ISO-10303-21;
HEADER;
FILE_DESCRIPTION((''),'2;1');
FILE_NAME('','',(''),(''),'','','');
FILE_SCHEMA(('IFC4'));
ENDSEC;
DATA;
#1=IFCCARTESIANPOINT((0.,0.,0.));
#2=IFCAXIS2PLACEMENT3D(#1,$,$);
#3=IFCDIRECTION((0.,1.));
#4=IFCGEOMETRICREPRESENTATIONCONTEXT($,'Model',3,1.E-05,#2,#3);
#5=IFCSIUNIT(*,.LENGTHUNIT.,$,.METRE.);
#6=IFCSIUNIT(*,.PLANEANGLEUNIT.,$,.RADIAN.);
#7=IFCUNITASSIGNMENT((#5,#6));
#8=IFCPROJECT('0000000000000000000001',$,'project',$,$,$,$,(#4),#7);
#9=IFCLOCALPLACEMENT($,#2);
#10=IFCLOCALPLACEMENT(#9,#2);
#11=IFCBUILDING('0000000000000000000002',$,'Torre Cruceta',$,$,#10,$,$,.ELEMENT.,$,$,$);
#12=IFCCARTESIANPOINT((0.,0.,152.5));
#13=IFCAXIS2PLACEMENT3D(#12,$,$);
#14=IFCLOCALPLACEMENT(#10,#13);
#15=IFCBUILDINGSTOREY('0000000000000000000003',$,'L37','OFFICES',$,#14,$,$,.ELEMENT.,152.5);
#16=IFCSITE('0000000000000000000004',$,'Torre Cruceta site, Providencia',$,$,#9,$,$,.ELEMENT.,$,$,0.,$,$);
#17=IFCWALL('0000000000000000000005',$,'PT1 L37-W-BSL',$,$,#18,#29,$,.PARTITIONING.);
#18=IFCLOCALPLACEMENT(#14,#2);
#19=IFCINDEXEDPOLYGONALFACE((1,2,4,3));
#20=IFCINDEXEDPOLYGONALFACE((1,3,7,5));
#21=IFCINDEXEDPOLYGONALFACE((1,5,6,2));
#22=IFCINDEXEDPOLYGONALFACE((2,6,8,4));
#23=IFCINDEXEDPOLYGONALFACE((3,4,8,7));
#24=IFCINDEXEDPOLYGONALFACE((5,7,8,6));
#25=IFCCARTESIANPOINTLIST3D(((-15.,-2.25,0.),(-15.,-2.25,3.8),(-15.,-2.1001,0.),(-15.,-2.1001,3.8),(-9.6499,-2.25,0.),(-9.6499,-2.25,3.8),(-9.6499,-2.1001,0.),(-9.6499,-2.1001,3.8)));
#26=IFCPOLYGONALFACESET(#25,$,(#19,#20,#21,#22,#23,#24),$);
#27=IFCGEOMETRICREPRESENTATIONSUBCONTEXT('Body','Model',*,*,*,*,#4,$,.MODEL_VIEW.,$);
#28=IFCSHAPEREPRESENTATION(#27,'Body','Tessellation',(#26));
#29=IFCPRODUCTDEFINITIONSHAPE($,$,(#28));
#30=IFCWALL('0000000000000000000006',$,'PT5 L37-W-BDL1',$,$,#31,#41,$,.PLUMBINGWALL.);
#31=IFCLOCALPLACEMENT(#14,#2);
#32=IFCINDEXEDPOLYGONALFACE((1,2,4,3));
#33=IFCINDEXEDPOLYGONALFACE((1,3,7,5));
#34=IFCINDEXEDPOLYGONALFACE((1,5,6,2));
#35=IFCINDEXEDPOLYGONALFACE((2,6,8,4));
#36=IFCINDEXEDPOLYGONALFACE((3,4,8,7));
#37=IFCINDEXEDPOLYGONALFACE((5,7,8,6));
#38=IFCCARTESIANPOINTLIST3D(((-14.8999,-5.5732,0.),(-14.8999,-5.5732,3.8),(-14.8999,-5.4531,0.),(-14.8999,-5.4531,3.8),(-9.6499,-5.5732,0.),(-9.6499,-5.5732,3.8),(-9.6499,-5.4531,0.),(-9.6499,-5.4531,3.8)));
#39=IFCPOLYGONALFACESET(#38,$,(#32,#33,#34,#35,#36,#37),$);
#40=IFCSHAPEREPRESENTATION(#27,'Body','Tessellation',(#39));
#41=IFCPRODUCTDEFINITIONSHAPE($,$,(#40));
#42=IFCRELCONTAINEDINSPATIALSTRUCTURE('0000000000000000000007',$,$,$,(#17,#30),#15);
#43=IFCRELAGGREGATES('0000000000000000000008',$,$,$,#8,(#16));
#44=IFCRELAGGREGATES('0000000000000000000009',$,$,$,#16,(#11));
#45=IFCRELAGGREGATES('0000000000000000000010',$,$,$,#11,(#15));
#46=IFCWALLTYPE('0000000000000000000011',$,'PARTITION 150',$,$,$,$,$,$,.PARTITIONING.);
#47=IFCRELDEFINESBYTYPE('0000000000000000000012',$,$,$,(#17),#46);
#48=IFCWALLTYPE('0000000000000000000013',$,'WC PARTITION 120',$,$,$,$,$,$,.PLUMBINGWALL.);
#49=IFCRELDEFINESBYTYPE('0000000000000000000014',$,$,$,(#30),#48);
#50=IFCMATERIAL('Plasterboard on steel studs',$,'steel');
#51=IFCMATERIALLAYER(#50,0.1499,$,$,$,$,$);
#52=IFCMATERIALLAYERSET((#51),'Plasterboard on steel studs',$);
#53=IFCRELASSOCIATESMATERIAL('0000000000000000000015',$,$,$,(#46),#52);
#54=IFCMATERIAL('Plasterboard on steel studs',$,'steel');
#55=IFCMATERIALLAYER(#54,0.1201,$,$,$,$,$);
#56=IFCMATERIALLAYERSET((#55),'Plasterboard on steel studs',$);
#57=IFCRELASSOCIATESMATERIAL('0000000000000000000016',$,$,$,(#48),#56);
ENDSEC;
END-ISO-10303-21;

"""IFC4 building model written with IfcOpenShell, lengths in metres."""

from ifc_helpers import new_model, si_unit, direction, frame, frame_2d, origin, place, context, subcontext, project, spatial, rectangle, extrude, material, layer, layer_set, type_object, element, save


model = new_model("IFC4")

# Units and contexts
model_context = context("Model", 3, precision=1e-05, world=origin(), true_north=direction((0.0, 1.0)))
body_context = subcontext(model_context, "Body", "Model", "MODEL_VIEW")
ifc_project = project(units=[si_unit("LENGTHUNIT", "METRE"), si_unit("PLANEANGLEUNIT", "RADIAN")], contexts=[model_context])

# Site, building, storey
site_placement = place(None, origin())
site = spatial("IfcSite", under=ifc_project, at=site_placement, Name="Torre Cruceta site, Providencia", CompositionType="ELEMENT", RefElevation=0.0)
building_placement = place(site_placement, origin())
building = spatial("IfcBuilding", under=site, at=building_placement, Name="Torre Cruceta", CompositionType="ELEMENT")
storey_placement = place(building_placement, frame((0.0, 0.0, 152.5)))
storey = spatial("IfcBuildingStorey", under=building, at=storey_placement, Name="L37", Description="OFFICES", CompositionType="ELEMENT", Elevation=152.5)

# Shared definitions
ifc_material_1 = material(Name="Plasterboard on steel studs", Category="steel")
ifc_layer_1 = layer(ifc_material_1, 0.1499)
ifc_layer_set_1 = layer_set([ifc_layer_1], Name="Plasterboard on steel studs")
wall_type_1 = type_object("IfcWallType", Name="PARTITION 150", PredefinedType="PARTITIONING", material=ifc_layer_set_1)

# Walls
wall_1_placement = place(storey_placement, frame((-9.6499, -2.175, 0.0), z_axis=(0.0, 0.0, 1.0), x_axis=(-1.0, 0.0, 0.0)))
element("IfcWall", 1, at=wall_1_placement, inside=storey, type_object=wall_type_1, Name="PT1 L37-W-BSL", PredefinedType="PARTITIONING", context=body_context, shape_type="SweptSolid", body=[
    extrude(rectangle(XDim=5.3501, YDim=0.1499, at=frame_2d((2.675, 0.0))), origin(), (0.0, 0.0, 1.0), 3.8),
])
ifc_material_2 = material(Name="Plasterboard on steel studs", Category="steel")
ifc_layer_2 = layer(ifc_material_2, 0.1201)
ifc_layer_set_2 = layer_set([ifc_layer_2], Name="Plasterboard on steel studs")
wall_type_2 = type_object("IfcWallType", Name="WC PARTITION 120", PredefinedType="PLUMBINGWALL", material=ifc_layer_set_2)
wall_2_placement = place(storey_placement, frame((-9.6499, -5.5132, 0.0), z_axis=(0.0, 0.0, 1.0), x_axis=(-1.0, 0.0, 0.0)))
element("IfcWall", 2, at=wall_2_placement, inside=storey, type_object=wall_type_2, Name="PT5 L37-W-BDL1", PredefinedType="PLUMBINGWALL", context=body_context, shape_type="SweptSolid", body=[
    extrude(rectangle(XDim=5.25, YDim=0.1201, at=frame_2d((2.625, 0.0))), origin(), (0.0, 0.0, 1.0), 3.8),
])

save(model, "model.ifc")
